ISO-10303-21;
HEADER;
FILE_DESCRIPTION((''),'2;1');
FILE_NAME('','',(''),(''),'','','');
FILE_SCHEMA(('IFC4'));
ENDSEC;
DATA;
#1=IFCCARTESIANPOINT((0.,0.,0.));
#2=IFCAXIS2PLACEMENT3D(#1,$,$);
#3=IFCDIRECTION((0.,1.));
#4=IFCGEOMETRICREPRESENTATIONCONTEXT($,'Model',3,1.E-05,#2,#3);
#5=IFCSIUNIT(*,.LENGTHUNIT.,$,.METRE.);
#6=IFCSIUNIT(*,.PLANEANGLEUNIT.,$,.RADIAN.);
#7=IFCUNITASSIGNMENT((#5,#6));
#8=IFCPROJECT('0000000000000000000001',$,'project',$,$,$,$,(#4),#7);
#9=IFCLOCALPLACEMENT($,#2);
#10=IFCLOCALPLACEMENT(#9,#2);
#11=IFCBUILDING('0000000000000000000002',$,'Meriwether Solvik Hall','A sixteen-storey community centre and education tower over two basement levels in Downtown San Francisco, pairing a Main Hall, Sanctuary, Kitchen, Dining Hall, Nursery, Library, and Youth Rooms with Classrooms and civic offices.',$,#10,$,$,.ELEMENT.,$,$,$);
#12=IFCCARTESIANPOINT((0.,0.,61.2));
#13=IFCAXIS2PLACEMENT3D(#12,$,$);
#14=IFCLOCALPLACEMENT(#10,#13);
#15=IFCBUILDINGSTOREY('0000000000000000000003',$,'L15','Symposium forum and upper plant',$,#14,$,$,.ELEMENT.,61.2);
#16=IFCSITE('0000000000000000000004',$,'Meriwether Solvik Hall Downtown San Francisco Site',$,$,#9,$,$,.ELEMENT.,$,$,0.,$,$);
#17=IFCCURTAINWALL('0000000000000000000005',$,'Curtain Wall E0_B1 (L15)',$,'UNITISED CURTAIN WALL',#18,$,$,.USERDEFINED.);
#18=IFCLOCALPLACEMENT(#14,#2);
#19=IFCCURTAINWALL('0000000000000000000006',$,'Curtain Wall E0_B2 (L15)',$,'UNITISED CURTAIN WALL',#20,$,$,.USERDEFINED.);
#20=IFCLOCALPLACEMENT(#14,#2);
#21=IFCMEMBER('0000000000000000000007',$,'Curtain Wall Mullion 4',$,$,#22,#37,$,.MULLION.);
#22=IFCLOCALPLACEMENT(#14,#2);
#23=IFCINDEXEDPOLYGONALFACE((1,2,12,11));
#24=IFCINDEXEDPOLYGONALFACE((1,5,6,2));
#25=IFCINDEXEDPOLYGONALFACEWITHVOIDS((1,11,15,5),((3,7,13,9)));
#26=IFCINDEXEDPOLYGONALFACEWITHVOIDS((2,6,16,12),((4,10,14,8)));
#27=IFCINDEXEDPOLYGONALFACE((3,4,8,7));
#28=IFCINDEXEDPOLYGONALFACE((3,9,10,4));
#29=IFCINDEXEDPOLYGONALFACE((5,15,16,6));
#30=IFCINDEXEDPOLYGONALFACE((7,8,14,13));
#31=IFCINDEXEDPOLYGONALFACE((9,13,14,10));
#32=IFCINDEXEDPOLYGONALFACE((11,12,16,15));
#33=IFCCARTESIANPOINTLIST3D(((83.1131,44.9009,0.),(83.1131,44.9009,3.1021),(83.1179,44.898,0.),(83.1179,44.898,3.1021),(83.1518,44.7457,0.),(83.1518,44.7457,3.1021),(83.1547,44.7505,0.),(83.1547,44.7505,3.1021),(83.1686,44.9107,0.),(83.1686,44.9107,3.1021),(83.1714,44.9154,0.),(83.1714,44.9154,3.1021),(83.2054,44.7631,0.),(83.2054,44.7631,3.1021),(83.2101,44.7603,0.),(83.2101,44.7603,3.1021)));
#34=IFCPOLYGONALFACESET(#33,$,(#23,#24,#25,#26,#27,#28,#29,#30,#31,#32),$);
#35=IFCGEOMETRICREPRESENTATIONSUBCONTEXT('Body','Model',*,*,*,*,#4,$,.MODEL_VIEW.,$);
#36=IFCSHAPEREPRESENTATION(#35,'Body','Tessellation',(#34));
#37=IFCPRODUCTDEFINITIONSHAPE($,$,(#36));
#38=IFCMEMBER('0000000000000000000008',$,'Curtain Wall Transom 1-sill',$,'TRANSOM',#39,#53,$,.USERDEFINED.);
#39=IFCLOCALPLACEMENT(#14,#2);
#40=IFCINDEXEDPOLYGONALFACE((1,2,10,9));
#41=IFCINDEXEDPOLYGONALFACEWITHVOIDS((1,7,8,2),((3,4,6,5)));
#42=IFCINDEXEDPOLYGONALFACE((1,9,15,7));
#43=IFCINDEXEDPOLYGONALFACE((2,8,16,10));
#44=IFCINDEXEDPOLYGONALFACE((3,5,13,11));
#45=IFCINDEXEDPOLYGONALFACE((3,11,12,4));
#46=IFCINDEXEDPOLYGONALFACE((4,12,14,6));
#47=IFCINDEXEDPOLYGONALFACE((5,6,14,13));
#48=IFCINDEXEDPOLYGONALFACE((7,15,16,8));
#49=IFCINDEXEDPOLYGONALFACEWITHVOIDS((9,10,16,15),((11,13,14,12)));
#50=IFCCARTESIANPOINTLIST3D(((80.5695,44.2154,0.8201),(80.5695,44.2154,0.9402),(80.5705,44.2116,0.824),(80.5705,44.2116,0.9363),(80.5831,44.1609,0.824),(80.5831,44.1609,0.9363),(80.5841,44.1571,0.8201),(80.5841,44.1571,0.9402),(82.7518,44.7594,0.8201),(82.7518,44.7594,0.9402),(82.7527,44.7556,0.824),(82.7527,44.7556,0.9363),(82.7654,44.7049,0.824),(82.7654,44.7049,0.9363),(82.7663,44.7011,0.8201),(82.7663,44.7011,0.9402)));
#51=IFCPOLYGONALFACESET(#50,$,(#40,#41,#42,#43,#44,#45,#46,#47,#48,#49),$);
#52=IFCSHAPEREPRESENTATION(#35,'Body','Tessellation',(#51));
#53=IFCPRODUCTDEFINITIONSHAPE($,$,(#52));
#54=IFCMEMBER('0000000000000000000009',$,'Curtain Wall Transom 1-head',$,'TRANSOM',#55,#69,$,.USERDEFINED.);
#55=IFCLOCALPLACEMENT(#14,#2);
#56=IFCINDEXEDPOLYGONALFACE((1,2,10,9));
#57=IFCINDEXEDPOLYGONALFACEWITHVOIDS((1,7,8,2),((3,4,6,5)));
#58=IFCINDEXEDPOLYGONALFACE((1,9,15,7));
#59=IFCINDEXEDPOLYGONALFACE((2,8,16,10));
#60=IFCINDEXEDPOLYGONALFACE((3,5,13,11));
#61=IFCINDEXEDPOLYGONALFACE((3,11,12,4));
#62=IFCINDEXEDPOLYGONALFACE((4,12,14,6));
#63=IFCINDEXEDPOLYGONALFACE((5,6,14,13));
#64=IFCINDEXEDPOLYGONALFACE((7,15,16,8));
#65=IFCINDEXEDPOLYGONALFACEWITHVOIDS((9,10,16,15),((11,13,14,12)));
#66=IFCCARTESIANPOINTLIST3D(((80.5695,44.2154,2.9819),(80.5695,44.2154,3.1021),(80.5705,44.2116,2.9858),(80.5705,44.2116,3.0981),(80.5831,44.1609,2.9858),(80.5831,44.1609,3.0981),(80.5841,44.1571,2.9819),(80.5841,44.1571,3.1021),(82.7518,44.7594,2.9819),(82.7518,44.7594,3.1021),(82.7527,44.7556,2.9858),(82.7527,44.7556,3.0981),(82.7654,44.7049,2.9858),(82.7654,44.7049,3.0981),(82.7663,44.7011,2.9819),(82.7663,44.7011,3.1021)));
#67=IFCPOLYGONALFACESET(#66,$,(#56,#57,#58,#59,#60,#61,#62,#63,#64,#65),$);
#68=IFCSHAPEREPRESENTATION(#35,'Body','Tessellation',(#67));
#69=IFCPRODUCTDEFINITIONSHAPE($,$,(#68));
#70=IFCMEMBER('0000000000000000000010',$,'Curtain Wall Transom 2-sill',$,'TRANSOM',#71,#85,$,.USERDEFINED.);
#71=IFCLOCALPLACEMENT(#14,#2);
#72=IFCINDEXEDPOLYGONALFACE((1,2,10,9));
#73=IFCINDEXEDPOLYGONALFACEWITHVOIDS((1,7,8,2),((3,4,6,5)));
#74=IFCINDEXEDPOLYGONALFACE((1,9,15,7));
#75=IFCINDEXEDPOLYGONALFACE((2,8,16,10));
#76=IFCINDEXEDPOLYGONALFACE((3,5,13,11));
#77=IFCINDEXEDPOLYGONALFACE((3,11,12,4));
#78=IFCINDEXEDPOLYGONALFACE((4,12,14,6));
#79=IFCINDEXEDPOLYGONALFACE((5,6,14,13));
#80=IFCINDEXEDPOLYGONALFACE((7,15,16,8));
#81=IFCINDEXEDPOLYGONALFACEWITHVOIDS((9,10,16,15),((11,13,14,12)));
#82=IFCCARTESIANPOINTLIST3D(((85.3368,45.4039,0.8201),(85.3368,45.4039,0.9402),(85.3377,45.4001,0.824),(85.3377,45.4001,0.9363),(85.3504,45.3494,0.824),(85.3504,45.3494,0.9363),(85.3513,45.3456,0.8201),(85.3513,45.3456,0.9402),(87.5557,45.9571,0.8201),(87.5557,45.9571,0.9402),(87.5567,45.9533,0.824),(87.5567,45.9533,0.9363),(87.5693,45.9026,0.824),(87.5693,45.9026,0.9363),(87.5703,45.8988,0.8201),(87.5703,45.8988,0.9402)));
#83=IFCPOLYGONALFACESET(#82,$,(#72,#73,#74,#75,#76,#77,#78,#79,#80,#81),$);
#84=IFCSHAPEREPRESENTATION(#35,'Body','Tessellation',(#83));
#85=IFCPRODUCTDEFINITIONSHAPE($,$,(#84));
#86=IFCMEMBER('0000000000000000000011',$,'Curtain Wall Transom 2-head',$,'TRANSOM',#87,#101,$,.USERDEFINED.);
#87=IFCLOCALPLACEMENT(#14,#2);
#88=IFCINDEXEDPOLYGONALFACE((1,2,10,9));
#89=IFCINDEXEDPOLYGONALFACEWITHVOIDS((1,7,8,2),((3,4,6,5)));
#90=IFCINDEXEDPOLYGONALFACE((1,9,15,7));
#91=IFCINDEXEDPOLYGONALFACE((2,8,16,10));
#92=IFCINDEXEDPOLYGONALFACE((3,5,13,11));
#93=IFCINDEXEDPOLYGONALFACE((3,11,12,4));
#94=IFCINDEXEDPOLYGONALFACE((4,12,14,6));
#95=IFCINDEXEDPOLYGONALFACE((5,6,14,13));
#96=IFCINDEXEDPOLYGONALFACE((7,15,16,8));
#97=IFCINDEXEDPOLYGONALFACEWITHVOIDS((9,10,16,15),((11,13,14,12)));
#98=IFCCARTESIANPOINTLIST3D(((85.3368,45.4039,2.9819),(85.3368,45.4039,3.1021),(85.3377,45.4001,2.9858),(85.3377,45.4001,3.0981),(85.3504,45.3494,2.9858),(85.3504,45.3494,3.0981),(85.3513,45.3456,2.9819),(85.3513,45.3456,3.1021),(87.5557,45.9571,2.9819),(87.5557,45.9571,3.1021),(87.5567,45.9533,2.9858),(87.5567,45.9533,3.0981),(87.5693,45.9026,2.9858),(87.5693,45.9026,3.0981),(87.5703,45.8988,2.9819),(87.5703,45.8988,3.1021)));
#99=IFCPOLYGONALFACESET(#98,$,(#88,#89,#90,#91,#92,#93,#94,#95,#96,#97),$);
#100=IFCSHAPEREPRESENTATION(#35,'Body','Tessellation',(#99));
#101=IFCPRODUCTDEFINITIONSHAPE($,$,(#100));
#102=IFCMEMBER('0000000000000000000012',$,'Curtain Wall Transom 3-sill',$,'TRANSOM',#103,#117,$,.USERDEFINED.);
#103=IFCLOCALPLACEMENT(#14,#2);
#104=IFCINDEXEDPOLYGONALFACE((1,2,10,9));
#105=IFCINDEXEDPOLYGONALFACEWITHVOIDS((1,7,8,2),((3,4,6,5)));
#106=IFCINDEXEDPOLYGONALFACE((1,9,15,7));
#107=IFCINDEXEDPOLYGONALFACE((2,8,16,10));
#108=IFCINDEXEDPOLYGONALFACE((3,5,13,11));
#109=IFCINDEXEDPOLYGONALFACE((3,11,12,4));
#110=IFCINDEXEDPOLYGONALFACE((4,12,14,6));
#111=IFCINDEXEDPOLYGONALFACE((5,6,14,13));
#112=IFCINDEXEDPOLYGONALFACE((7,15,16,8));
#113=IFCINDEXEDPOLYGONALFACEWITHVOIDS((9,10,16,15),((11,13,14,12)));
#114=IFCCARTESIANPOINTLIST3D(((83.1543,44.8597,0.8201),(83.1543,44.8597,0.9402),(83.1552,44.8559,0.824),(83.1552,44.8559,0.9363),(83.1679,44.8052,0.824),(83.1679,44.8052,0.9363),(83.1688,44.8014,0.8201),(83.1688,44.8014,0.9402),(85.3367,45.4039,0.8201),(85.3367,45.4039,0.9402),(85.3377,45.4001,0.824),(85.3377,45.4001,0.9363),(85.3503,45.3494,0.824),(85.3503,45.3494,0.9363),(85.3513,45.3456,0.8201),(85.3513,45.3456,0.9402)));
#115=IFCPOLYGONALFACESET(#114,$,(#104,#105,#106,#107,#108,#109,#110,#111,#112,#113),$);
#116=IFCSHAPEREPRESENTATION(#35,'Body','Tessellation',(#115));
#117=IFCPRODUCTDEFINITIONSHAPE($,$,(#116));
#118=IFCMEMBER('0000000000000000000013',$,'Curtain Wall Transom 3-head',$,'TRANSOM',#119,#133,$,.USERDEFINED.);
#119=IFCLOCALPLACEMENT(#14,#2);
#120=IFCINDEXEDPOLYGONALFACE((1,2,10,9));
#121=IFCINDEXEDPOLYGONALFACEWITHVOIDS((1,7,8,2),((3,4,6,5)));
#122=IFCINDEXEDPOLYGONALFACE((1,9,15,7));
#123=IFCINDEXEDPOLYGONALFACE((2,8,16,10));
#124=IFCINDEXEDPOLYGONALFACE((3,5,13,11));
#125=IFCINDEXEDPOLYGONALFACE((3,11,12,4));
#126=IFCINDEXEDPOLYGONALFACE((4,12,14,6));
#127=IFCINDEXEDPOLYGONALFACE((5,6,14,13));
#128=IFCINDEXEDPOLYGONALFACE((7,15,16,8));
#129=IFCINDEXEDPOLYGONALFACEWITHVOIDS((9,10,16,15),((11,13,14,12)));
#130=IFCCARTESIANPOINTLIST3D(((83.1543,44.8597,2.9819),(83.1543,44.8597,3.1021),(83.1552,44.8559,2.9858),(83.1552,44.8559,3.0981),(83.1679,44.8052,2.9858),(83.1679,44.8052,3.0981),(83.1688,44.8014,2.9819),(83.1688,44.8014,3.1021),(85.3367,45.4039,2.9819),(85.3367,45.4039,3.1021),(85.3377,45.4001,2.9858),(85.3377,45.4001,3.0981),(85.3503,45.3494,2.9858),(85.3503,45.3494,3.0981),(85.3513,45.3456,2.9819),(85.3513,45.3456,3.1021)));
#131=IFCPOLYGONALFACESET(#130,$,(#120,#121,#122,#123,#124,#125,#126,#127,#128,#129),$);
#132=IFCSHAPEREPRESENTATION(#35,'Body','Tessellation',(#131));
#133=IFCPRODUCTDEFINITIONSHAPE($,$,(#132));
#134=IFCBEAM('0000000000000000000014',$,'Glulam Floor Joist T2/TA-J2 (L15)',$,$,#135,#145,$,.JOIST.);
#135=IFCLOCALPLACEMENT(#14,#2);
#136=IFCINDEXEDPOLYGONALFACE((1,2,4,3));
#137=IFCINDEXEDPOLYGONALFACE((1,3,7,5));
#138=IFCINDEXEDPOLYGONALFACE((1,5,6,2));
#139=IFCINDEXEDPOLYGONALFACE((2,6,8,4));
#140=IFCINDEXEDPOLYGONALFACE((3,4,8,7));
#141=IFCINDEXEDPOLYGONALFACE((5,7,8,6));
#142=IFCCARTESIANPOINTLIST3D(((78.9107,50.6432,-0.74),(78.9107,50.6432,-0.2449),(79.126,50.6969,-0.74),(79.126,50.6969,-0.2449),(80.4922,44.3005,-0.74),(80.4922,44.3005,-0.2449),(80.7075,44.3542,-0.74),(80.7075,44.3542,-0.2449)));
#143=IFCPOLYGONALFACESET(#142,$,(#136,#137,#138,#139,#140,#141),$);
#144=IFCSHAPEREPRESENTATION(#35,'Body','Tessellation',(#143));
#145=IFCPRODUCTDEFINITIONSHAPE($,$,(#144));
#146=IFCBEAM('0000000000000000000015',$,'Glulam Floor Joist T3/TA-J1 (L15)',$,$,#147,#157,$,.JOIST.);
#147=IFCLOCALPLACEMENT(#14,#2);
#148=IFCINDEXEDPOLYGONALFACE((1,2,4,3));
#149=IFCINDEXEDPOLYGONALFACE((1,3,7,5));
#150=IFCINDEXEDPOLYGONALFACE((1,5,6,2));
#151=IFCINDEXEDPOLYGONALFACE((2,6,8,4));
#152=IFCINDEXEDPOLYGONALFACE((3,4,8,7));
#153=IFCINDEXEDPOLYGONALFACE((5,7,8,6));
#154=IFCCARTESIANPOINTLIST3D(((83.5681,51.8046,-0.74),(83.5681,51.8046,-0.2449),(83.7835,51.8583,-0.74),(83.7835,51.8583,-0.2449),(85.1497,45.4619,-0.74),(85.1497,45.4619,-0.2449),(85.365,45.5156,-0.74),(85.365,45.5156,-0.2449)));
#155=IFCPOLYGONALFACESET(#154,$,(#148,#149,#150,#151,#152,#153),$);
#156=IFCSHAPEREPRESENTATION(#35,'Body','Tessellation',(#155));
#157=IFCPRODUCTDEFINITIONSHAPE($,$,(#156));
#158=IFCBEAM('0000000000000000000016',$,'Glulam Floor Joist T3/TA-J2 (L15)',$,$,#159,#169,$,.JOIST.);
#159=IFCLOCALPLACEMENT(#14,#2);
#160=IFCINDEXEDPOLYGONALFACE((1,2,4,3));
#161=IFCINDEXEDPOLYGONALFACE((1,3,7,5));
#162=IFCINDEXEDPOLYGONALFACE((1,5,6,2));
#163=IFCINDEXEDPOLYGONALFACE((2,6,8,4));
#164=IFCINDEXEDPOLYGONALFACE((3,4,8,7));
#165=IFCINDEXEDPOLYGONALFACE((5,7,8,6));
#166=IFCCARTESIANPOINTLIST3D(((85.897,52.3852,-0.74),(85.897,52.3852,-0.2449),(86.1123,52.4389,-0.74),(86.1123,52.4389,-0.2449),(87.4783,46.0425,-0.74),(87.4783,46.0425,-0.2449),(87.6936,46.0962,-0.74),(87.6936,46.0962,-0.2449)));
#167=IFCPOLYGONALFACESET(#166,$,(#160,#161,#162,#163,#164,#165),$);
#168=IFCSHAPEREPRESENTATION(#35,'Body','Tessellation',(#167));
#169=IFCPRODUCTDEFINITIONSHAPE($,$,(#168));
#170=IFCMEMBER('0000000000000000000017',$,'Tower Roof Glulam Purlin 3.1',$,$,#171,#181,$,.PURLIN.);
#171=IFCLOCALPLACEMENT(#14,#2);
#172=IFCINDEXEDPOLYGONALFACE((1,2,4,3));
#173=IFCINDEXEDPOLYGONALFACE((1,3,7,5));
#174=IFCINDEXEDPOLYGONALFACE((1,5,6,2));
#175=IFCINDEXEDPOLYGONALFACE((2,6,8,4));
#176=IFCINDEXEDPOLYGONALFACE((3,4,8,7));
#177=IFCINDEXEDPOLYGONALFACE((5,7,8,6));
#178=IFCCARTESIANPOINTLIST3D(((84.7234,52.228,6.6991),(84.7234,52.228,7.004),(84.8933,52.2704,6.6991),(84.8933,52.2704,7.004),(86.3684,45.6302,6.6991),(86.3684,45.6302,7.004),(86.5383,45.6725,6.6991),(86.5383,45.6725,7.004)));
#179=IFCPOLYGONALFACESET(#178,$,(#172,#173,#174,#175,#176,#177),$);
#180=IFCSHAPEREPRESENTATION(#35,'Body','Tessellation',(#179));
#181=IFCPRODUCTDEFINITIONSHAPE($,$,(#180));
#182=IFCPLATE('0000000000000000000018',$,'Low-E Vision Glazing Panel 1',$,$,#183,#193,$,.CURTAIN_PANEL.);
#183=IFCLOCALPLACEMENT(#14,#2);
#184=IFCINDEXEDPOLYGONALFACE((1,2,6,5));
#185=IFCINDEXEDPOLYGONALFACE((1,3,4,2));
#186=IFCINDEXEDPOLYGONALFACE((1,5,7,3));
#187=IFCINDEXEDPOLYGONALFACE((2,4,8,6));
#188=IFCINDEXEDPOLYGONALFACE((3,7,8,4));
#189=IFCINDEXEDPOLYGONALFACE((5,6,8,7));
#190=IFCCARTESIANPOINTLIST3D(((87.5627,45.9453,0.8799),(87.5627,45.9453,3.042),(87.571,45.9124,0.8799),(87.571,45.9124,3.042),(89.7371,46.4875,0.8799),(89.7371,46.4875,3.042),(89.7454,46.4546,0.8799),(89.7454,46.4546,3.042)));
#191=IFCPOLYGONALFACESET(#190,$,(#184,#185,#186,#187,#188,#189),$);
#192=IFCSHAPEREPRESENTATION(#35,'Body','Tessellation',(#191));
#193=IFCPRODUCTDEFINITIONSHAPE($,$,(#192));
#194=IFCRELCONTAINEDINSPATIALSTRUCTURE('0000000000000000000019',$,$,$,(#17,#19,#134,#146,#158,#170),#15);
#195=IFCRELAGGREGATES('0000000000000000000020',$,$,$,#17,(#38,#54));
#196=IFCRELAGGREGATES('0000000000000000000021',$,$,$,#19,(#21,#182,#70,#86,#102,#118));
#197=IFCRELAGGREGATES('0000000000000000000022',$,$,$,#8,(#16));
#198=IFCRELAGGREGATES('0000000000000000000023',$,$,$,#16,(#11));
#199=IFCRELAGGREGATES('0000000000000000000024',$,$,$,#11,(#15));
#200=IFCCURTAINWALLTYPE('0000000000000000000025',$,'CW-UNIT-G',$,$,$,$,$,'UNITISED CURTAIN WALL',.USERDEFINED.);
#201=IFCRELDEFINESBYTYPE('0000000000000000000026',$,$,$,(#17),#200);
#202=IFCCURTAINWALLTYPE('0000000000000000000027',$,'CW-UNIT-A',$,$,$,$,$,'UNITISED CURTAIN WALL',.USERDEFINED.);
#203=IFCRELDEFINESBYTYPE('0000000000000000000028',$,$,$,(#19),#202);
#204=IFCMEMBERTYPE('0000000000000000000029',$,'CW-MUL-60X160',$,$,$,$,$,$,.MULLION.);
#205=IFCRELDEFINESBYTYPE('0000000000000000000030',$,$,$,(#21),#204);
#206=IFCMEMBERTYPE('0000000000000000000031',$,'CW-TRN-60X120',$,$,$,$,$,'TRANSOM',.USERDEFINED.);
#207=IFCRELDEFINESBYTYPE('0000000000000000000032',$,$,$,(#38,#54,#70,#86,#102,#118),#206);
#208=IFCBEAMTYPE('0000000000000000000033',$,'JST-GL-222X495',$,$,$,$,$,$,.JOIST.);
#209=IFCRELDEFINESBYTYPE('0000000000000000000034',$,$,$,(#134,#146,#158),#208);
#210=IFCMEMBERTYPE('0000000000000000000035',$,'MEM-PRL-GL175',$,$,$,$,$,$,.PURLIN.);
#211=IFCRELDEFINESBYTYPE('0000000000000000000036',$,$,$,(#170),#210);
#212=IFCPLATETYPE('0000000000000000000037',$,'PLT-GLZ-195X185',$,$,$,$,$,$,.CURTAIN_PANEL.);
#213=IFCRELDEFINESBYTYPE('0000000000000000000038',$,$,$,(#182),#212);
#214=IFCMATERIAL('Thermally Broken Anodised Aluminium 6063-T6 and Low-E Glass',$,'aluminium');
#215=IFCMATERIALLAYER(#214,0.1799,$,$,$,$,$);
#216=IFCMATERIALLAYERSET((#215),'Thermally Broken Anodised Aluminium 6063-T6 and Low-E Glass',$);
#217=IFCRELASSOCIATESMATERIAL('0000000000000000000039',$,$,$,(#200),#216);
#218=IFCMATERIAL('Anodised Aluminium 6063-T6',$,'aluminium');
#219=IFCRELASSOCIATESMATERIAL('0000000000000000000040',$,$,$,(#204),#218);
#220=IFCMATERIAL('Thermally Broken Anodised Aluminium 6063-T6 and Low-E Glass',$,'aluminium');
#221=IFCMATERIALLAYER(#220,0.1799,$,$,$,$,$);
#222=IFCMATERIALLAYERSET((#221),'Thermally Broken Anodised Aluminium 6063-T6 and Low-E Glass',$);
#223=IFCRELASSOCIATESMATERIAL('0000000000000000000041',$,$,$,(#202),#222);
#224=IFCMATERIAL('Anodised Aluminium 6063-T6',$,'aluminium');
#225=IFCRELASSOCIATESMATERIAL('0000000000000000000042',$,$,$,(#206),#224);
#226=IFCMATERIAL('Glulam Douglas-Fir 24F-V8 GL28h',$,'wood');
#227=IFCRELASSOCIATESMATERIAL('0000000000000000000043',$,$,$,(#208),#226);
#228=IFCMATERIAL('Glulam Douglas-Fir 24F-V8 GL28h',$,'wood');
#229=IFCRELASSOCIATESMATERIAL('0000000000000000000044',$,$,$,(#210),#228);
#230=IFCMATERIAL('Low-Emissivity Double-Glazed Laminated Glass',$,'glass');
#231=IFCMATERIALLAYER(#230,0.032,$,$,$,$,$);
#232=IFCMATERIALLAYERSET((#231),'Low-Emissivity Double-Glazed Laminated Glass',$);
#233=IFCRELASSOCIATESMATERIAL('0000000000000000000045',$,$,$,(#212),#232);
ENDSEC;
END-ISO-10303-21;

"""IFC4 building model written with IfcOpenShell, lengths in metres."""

from ifc_helpers import new_model, si_unit, direction, frame, origin, origin_2d, place, context, subcontext, project, spatial, rectangle, hollow_rectangle, extrude, material, layer, layer_set, material_profile, profile_set, type_object, element, aggregate, save


model = new_model("IFC4")

# Units and contexts
model_context = context("Model", 3, precision=1e-05, world=origin(), true_north=direction((0.0, 1.0)))
body_context = subcontext(model_context, "Body", "Model", "MODEL_VIEW")
ifc_project = project(units=[si_unit("LENGTHUNIT", "METRE"), si_unit("PLANEANGLEUNIT", "RADIAN")], contexts=[model_context])

# Site, building, storey
site_placement = place(None, origin())
site = spatial("IfcSite", under=ifc_project, at=site_placement, Name="Meriwether Solvik Hall Downtown San Francisco Site", CompositionType="ELEMENT", RefElevation=0.0)
building_placement = place(site_placement, origin())
building = spatial("IfcBuilding", under=site, at=building_placement, Name="Meriwether Solvik Hall", Description="A sixteen-storey community centre and education tower over two basement levels in Downtown San Francisco, pairing a Main Hall, Sanctuary, Kitchen, Dining Hall, Nursery, Library, and Youth Rooms with Classrooms and civic offices.", CompositionType="ELEMENT")
storey_placement = place(building_placement, frame((0.0, 0.0, 61.2)))
storey = spatial("IfcBuildingStorey", under=building, at=storey_placement, Name="L15", Description="Symposium forum and upper plant", CompositionType="ELEMENT", Elevation=61.2)

# Curtain wall
ifc_material_1 = material(Name="Thermally Broken Anodised Aluminium 6063-T6 and Low-E Glass", Category="aluminium")
ifc_layer_1 = layer(ifc_material_1, 0.1799)
ifc_layer_set_1 = layer_set([ifc_layer_1], Name="Thermally Broken Anodised Aluminium 6063-T6 and Low-E Glass")
curtain_wall_type_1 = type_object("IfcCurtainWallType", Name="CW-UNIT-G", ElementType="UNITISED CURTAIN WALL", PredefinedType="USERDEFINED", material=ifc_layer_set_1)
curtain_wall_1_placement = place(storey_placement, origin())
curtain_wall_1 = element("IfcCurtainWall", 1, at=curtain_wall_1_placement, inside=storey, type_object=curtain_wall_type_1, Name="Curtain Wall E0_B1 (L15)", ObjectType="UNITISED CURTAIN WALL", PredefinedType="USERDEFINED")
ifc_material_2 = material(Name="Anodised Aluminium 6063-T6", Category="aluminium")
ifc_material_profile_1 = material_profile(ifc_material_2, hollow_rectangle(XDim=0.0601, YDim=0.1599, WallThickness=0.0039, at=origin_2d()), Name="CWM-60X160")
ifc_profile_set_1 = profile_set([ifc_material_profile_1], Name="Anodised Aluminium 6063-T6")
member_type_1 = type_object("IfcMemberType", Name="CW-MUL-60X160", PredefinedType="MULLION", material=ifc_profile_set_1)

# Curtain wall, member
ifc_material_3 = material(Name="Thermally Broken Anodised Aluminium 6063-T6 and Low-E Glass", Category="aluminium")
ifc_layer_2 = layer(ifc_material_3, 0.1799)
ifc_layer_set_2 = layer_set([ifc_layer_2], Name="Thermally Broken Anodised Aluminium 6063-T6 and Low-E Glass")
curtain_wall_type_2 = type_object("IfcCurtainWallType", Name="CW-UNIT-A", ElementType="UNITISED CURTAIN WALL", PredefinedType="USERDEFINED", material=ifc_layer_set_2)
curtain_wall_2_placement = place(storey_placement, origin())
curtain_wall_2 = element("IfcCurtainWall", 2, at=curtain_wall_2_placement, inside=storey, type_object=curtain_wall_type_2, Name="Curtain Wall E0_B2 (L15)", ObjectType="UNITISED CURTAIN WALL", PredefinedType="USERDEFINED")
member_1_placement = place(storey_placement, frame((83.1616, 44.8306, 0.0), z_axis=(0.0, 0.0, 1.0), x_axis=(-0.970296, -0.241922, 0.0)))
member_1 = element("IfcMember", 3, at=member_1_placement, type_object=member_type_1, Name="Curtain Wall Mullion 4", PredefinedType="MULLION", context=body_context, shape_type="SweptSolid", body=[
    extrude(hollow_rectangle(XDim=0.0601, YDim=0.1599, WallThickness=0.0039, at=origin_2d()), origin(), (0.0, 0.0, 1.0), 3.1021),
])

# Members
ifc_material_4 = material(Name="Anodised Aluminium 6063-T6", Category="aluminium")
ifc_material_profile_2 = material_profile(ifc_material_4, hollow_rectangle(XDim=0.0601, YDim=0.1201, WallThickness=0.0039, at=origin_2d()), Name="CWT-60X120")
ifc_profile_set_2 = profile_set([ifc_material_profile_2], Name="Anodised Aluminium 6063-T6")
member_type_2 = type_object("IfcMemberType", Name="CW-TRN-60X120", ElementType="TRANSOM", PredefinedType="USERDEFINED", material=ifc_profile_set_2)
member_2_placement = place(storey_placement, frame((82.759, 44.7302, 0.8801), z_axis=(-0.970308, -0.241871, 0.0), x_axis=(0.241871, -0.970308, 0.0)))
member_2 = element("IfcMember", 4, at=member_2_placement, type_object=member_type_2, Name="Curtain Wall Transom 1-sill", ObjectType="TRANSOM", PredefinedType="USERDEFINED", context=body_context, shape_type="SweptSolid", body=[
    extrude(hollow_rectangle(XDim=0.0601, YDim=0.1201, WallThickness=0.0039, at=origin_2d()), origin(), (0.0, 0.0, 1.0), 2.249),
])
member_3_placement = place(storey_placement, frame((82.759, 44.7302, 3.042), z_axis=(-0.970308, -0.241871, 0.0), x_axis=(0.241871, -0.970308, 0.0)))
member_3 = element("IfcMember", 5, at=member_3_placement, type_object=member_type_2, Name="Curtain Wall Transom 1-head", ObjectType="TRANSOM", PredefinedType="USERDEFINED", context=body_context, shape_type="SweptSolid", body=[
    extrude(hollow_rectangle(XDim=0.0601, YDim=0.1201, WallThickness=0.0039, at=origin_2d()), origin(), (0.0, 0.0, 1.0), 2.249),
])
member_4_placement = place(storey_placement, frame((87.563, 45.928, 0.8801), z_axis=(-0.970299, -0.241908, 0.0), x_axis=(0.241908, -0.970299, 0.0)))
member_4 = element("IfcMember", 6, at=member_4_placement, type_object=member_type_2, Name="Curtain Wall Transom 2-sill", ObjectType="TRANSOM", PredefinedType="USERDEFINED", context=body_context, shape_type="SweptSolid", body=[
    extrude(hollow_rectangle(XDim=0.0601, YDim=0.1201, WallThickness=0.0039, at=origin_2d()), origin(), (0.0, 0.0, 1.0), 2.2869),
])
member_5_placement = place(storey_placement, frame((87.563, 45.928, 3.042), z_axis=(-0.970299, -0.241908, 0.0), x_axis=(0.241908, -0.970299, 0.0)))
member_5 = element("IfcMember", 7, at=member_5_placement, type_object=member_type_2, Name="Curtain Wall Transom 2-head", ObjectType="TRANSOM", PredefinedType="USERDEFINED", context=body_context, shape_type="SweptSolid", body=[
    extrude(hollow_rectangle(XDim=0.0601, YDim=0.1201, WallThickness=0.0039, at=origin_2d()), origin(), (0.0, 0.0, 1.0), 2.2869),
])
member_6_placement = place(storey_placement, frame((85.344, 45.3748, 0.8801), z_axis=(-0.970289, -0.241948, 0.0), x_axis=(0.241948, -0.970289, 0.0)))
member_6 = element("IfcMember", 8, at=member_6_placement, type_object=member_type_2, Name="Curtain Wall Transom 3-sill", ObjectType="TRANSOM", PredefinedType="USERDEFINED", context=body_context, shape_type="SweptSolid", body=[
    extrude(hollow_rectangle(XDim=0.0601, YDim=0.1201, WallThickness=0.0039, at=origin_2d()), origin(), (0.0, 0.0, 1.0), 2.2493),
])
member_7_placement = place(storey_placement, frame((85.344, 45.3748, 3.042), z_axis=(-0.970289, -0.241948, 0.0), x_axis=(0.241948, -0.970289, 0.0)))
member_7 = element("IfcMember", 9, at=member_7_placement, type_object=member_type_2, Name="Curtain Wall Transom 3-head", ObjectType="TRANSOM", PredefinedType="USERDEFINED", context=body_context, shape_type="SweptSolid", body=[
    extrude(hollow_rectangle(XDim=0.0601, YDim=0.1201, WallThickness=0.0039, at=origin_2d()), origin(), (0.0, 0.0, 1.0), 2.2493),
])

# Beams
ifc_material_5 = material(Name="Glulam Douglas-Fir 24F-V8 GL28h", Category="wood")
ifc_material_profile_3 = material_profile(ifc_material_5, rectangle(XDim=0.2219, YDim=0.4951, at=origin_2d()), Name="GLJ-222X495")
ifc_profile_set_3 = profile_set([ifc_material_profile_3], Name="Glulam Douglas-Fir 24F-V8 GL28h")
beam_type_1 = type_object("IfcBeamType", Name="JST-GL-222X495", PredefinedType="JOIST", material=ifc_profile_set_3)
for number, where, z_axis, x_axis, name in (
    (10, (80.5999, 44.3274, -0.4924), (-0.241938, 0.970292, 0.0), (-0.970292, -0.241938, 0.0), "Glulam Floor Joist T2/TA-J2 (L15)"),
    (11, (85.2573, 45.4888, -0.4924), (-0.241938, 0.970292, 0.0), (-0.970292, -0.241938, 0.0), "Glulam Floor Joist T3/TA-J1 (L15)"),
    (12, (87.5859, 46.0693, -0.4924), (-0.241903, 0.9703, 0.0), (-0.9703, -0.241903, 0.0), "Glulam Floor Joist T3/TA-J2 (L15)"),
):
    element("IfcBeam", number, at=place(storey_placement, frame(where, z_axis=z_axis, x_axis=x_axis)), inside=storey, type_object=beam_type_1, Name=name, PredefinedType="JOIST", context=body_context, shape_type="SweptSolid", body=[
        extrude(rectangle(XDim=0.2219, YDim=0.4951, at=origin_2d()), origin(), (0.0, 0.0, 1.0), 6.5369),
    ])

# Member
ifc_material_6 = material(Name="Glulam Douglas-Fir 24F-V8 GL28h", Category="wood")
ifc_material_profile_4 = material_profile(ifc_material_6, rectangle(XDim=0.175, YDim=0.3049, at=origin_2d()), Name="GLM-175X305")
ifc_profile_set_4 = profile_set([ifc_material_profile_4], Name="Glulam Douglas-Fir 24F-V8 GL28h")
member_type_3 = type_object("IfcMemberType", Name="MEM-PRL-GL175", PredefinedType="PURLIN", material=ifc_profile_set_4)
member_8_placement = place(storey_placement, frame((86.4534, 45.6514, 6.8516), z_axis=(-0.241919, 0.970296, 0.0), x_axis=(-0.970296, -0.241919, 0.0)))
element("IfcMember", 13, at=member_8_placement, inside=storey, type_object=member_type_3, Name="Tower Roof Glulam Purlin 3.1", PredefinedType="PURLIN", context=body_context, shape_type="SweptSolid", body=[
    extrude(rectangle(XDim=0.175, YDim=0.3049, at=origin_2d()), origin(), (0.0, 0.0, 1.0), 6.7998),
])

# Plate
ifc_material_7 = material(Name="Low-Emissivity Double-Glazed Laminated Glass", Category="glass")
ifc_layer_3 = layer(ifc_material_7, 0.032)
ifc_layer_set_3 = layer_set([ifc_layer_3], Name="Low-Emissivity Double-Glazed Laminated Glass")
plate_type_1 = type_object("IfcPlateType", Name="PLT-GLZ-195X185", PredefinedType="CURTAIN_PANEL", material=ifc_layer_set_3)
plate_1_placement = place(storey_placement, frame((88.6541, 46.2, 0.8799), z_axis=(0.0, 0.0, 1.0), x_axis=(-0.970296, -0.241922, 0.0)))
plate_1 = element("IfcPlate", 14, at=plate_1_placement, type_object=plate_type_1, Name="Low-E Vision Glazing Panel 1", PredefinedType="CURTAIN_PANEL", context=body_context, shape_type="SweptSolid", body=[
    extrude(rectangle(XDim=2.241, YDim=0.0339, at=origin_2d()), origin(), (0.0, 0.0, 1.0), 2.1621),
])
aggregate(curtain_wall_1, [member_2, member_3])
aggregate(curtain_wall_2, [member_1, plate_1, member_4, member_5, member_6, member_7])

save(model, "model.ifc")
